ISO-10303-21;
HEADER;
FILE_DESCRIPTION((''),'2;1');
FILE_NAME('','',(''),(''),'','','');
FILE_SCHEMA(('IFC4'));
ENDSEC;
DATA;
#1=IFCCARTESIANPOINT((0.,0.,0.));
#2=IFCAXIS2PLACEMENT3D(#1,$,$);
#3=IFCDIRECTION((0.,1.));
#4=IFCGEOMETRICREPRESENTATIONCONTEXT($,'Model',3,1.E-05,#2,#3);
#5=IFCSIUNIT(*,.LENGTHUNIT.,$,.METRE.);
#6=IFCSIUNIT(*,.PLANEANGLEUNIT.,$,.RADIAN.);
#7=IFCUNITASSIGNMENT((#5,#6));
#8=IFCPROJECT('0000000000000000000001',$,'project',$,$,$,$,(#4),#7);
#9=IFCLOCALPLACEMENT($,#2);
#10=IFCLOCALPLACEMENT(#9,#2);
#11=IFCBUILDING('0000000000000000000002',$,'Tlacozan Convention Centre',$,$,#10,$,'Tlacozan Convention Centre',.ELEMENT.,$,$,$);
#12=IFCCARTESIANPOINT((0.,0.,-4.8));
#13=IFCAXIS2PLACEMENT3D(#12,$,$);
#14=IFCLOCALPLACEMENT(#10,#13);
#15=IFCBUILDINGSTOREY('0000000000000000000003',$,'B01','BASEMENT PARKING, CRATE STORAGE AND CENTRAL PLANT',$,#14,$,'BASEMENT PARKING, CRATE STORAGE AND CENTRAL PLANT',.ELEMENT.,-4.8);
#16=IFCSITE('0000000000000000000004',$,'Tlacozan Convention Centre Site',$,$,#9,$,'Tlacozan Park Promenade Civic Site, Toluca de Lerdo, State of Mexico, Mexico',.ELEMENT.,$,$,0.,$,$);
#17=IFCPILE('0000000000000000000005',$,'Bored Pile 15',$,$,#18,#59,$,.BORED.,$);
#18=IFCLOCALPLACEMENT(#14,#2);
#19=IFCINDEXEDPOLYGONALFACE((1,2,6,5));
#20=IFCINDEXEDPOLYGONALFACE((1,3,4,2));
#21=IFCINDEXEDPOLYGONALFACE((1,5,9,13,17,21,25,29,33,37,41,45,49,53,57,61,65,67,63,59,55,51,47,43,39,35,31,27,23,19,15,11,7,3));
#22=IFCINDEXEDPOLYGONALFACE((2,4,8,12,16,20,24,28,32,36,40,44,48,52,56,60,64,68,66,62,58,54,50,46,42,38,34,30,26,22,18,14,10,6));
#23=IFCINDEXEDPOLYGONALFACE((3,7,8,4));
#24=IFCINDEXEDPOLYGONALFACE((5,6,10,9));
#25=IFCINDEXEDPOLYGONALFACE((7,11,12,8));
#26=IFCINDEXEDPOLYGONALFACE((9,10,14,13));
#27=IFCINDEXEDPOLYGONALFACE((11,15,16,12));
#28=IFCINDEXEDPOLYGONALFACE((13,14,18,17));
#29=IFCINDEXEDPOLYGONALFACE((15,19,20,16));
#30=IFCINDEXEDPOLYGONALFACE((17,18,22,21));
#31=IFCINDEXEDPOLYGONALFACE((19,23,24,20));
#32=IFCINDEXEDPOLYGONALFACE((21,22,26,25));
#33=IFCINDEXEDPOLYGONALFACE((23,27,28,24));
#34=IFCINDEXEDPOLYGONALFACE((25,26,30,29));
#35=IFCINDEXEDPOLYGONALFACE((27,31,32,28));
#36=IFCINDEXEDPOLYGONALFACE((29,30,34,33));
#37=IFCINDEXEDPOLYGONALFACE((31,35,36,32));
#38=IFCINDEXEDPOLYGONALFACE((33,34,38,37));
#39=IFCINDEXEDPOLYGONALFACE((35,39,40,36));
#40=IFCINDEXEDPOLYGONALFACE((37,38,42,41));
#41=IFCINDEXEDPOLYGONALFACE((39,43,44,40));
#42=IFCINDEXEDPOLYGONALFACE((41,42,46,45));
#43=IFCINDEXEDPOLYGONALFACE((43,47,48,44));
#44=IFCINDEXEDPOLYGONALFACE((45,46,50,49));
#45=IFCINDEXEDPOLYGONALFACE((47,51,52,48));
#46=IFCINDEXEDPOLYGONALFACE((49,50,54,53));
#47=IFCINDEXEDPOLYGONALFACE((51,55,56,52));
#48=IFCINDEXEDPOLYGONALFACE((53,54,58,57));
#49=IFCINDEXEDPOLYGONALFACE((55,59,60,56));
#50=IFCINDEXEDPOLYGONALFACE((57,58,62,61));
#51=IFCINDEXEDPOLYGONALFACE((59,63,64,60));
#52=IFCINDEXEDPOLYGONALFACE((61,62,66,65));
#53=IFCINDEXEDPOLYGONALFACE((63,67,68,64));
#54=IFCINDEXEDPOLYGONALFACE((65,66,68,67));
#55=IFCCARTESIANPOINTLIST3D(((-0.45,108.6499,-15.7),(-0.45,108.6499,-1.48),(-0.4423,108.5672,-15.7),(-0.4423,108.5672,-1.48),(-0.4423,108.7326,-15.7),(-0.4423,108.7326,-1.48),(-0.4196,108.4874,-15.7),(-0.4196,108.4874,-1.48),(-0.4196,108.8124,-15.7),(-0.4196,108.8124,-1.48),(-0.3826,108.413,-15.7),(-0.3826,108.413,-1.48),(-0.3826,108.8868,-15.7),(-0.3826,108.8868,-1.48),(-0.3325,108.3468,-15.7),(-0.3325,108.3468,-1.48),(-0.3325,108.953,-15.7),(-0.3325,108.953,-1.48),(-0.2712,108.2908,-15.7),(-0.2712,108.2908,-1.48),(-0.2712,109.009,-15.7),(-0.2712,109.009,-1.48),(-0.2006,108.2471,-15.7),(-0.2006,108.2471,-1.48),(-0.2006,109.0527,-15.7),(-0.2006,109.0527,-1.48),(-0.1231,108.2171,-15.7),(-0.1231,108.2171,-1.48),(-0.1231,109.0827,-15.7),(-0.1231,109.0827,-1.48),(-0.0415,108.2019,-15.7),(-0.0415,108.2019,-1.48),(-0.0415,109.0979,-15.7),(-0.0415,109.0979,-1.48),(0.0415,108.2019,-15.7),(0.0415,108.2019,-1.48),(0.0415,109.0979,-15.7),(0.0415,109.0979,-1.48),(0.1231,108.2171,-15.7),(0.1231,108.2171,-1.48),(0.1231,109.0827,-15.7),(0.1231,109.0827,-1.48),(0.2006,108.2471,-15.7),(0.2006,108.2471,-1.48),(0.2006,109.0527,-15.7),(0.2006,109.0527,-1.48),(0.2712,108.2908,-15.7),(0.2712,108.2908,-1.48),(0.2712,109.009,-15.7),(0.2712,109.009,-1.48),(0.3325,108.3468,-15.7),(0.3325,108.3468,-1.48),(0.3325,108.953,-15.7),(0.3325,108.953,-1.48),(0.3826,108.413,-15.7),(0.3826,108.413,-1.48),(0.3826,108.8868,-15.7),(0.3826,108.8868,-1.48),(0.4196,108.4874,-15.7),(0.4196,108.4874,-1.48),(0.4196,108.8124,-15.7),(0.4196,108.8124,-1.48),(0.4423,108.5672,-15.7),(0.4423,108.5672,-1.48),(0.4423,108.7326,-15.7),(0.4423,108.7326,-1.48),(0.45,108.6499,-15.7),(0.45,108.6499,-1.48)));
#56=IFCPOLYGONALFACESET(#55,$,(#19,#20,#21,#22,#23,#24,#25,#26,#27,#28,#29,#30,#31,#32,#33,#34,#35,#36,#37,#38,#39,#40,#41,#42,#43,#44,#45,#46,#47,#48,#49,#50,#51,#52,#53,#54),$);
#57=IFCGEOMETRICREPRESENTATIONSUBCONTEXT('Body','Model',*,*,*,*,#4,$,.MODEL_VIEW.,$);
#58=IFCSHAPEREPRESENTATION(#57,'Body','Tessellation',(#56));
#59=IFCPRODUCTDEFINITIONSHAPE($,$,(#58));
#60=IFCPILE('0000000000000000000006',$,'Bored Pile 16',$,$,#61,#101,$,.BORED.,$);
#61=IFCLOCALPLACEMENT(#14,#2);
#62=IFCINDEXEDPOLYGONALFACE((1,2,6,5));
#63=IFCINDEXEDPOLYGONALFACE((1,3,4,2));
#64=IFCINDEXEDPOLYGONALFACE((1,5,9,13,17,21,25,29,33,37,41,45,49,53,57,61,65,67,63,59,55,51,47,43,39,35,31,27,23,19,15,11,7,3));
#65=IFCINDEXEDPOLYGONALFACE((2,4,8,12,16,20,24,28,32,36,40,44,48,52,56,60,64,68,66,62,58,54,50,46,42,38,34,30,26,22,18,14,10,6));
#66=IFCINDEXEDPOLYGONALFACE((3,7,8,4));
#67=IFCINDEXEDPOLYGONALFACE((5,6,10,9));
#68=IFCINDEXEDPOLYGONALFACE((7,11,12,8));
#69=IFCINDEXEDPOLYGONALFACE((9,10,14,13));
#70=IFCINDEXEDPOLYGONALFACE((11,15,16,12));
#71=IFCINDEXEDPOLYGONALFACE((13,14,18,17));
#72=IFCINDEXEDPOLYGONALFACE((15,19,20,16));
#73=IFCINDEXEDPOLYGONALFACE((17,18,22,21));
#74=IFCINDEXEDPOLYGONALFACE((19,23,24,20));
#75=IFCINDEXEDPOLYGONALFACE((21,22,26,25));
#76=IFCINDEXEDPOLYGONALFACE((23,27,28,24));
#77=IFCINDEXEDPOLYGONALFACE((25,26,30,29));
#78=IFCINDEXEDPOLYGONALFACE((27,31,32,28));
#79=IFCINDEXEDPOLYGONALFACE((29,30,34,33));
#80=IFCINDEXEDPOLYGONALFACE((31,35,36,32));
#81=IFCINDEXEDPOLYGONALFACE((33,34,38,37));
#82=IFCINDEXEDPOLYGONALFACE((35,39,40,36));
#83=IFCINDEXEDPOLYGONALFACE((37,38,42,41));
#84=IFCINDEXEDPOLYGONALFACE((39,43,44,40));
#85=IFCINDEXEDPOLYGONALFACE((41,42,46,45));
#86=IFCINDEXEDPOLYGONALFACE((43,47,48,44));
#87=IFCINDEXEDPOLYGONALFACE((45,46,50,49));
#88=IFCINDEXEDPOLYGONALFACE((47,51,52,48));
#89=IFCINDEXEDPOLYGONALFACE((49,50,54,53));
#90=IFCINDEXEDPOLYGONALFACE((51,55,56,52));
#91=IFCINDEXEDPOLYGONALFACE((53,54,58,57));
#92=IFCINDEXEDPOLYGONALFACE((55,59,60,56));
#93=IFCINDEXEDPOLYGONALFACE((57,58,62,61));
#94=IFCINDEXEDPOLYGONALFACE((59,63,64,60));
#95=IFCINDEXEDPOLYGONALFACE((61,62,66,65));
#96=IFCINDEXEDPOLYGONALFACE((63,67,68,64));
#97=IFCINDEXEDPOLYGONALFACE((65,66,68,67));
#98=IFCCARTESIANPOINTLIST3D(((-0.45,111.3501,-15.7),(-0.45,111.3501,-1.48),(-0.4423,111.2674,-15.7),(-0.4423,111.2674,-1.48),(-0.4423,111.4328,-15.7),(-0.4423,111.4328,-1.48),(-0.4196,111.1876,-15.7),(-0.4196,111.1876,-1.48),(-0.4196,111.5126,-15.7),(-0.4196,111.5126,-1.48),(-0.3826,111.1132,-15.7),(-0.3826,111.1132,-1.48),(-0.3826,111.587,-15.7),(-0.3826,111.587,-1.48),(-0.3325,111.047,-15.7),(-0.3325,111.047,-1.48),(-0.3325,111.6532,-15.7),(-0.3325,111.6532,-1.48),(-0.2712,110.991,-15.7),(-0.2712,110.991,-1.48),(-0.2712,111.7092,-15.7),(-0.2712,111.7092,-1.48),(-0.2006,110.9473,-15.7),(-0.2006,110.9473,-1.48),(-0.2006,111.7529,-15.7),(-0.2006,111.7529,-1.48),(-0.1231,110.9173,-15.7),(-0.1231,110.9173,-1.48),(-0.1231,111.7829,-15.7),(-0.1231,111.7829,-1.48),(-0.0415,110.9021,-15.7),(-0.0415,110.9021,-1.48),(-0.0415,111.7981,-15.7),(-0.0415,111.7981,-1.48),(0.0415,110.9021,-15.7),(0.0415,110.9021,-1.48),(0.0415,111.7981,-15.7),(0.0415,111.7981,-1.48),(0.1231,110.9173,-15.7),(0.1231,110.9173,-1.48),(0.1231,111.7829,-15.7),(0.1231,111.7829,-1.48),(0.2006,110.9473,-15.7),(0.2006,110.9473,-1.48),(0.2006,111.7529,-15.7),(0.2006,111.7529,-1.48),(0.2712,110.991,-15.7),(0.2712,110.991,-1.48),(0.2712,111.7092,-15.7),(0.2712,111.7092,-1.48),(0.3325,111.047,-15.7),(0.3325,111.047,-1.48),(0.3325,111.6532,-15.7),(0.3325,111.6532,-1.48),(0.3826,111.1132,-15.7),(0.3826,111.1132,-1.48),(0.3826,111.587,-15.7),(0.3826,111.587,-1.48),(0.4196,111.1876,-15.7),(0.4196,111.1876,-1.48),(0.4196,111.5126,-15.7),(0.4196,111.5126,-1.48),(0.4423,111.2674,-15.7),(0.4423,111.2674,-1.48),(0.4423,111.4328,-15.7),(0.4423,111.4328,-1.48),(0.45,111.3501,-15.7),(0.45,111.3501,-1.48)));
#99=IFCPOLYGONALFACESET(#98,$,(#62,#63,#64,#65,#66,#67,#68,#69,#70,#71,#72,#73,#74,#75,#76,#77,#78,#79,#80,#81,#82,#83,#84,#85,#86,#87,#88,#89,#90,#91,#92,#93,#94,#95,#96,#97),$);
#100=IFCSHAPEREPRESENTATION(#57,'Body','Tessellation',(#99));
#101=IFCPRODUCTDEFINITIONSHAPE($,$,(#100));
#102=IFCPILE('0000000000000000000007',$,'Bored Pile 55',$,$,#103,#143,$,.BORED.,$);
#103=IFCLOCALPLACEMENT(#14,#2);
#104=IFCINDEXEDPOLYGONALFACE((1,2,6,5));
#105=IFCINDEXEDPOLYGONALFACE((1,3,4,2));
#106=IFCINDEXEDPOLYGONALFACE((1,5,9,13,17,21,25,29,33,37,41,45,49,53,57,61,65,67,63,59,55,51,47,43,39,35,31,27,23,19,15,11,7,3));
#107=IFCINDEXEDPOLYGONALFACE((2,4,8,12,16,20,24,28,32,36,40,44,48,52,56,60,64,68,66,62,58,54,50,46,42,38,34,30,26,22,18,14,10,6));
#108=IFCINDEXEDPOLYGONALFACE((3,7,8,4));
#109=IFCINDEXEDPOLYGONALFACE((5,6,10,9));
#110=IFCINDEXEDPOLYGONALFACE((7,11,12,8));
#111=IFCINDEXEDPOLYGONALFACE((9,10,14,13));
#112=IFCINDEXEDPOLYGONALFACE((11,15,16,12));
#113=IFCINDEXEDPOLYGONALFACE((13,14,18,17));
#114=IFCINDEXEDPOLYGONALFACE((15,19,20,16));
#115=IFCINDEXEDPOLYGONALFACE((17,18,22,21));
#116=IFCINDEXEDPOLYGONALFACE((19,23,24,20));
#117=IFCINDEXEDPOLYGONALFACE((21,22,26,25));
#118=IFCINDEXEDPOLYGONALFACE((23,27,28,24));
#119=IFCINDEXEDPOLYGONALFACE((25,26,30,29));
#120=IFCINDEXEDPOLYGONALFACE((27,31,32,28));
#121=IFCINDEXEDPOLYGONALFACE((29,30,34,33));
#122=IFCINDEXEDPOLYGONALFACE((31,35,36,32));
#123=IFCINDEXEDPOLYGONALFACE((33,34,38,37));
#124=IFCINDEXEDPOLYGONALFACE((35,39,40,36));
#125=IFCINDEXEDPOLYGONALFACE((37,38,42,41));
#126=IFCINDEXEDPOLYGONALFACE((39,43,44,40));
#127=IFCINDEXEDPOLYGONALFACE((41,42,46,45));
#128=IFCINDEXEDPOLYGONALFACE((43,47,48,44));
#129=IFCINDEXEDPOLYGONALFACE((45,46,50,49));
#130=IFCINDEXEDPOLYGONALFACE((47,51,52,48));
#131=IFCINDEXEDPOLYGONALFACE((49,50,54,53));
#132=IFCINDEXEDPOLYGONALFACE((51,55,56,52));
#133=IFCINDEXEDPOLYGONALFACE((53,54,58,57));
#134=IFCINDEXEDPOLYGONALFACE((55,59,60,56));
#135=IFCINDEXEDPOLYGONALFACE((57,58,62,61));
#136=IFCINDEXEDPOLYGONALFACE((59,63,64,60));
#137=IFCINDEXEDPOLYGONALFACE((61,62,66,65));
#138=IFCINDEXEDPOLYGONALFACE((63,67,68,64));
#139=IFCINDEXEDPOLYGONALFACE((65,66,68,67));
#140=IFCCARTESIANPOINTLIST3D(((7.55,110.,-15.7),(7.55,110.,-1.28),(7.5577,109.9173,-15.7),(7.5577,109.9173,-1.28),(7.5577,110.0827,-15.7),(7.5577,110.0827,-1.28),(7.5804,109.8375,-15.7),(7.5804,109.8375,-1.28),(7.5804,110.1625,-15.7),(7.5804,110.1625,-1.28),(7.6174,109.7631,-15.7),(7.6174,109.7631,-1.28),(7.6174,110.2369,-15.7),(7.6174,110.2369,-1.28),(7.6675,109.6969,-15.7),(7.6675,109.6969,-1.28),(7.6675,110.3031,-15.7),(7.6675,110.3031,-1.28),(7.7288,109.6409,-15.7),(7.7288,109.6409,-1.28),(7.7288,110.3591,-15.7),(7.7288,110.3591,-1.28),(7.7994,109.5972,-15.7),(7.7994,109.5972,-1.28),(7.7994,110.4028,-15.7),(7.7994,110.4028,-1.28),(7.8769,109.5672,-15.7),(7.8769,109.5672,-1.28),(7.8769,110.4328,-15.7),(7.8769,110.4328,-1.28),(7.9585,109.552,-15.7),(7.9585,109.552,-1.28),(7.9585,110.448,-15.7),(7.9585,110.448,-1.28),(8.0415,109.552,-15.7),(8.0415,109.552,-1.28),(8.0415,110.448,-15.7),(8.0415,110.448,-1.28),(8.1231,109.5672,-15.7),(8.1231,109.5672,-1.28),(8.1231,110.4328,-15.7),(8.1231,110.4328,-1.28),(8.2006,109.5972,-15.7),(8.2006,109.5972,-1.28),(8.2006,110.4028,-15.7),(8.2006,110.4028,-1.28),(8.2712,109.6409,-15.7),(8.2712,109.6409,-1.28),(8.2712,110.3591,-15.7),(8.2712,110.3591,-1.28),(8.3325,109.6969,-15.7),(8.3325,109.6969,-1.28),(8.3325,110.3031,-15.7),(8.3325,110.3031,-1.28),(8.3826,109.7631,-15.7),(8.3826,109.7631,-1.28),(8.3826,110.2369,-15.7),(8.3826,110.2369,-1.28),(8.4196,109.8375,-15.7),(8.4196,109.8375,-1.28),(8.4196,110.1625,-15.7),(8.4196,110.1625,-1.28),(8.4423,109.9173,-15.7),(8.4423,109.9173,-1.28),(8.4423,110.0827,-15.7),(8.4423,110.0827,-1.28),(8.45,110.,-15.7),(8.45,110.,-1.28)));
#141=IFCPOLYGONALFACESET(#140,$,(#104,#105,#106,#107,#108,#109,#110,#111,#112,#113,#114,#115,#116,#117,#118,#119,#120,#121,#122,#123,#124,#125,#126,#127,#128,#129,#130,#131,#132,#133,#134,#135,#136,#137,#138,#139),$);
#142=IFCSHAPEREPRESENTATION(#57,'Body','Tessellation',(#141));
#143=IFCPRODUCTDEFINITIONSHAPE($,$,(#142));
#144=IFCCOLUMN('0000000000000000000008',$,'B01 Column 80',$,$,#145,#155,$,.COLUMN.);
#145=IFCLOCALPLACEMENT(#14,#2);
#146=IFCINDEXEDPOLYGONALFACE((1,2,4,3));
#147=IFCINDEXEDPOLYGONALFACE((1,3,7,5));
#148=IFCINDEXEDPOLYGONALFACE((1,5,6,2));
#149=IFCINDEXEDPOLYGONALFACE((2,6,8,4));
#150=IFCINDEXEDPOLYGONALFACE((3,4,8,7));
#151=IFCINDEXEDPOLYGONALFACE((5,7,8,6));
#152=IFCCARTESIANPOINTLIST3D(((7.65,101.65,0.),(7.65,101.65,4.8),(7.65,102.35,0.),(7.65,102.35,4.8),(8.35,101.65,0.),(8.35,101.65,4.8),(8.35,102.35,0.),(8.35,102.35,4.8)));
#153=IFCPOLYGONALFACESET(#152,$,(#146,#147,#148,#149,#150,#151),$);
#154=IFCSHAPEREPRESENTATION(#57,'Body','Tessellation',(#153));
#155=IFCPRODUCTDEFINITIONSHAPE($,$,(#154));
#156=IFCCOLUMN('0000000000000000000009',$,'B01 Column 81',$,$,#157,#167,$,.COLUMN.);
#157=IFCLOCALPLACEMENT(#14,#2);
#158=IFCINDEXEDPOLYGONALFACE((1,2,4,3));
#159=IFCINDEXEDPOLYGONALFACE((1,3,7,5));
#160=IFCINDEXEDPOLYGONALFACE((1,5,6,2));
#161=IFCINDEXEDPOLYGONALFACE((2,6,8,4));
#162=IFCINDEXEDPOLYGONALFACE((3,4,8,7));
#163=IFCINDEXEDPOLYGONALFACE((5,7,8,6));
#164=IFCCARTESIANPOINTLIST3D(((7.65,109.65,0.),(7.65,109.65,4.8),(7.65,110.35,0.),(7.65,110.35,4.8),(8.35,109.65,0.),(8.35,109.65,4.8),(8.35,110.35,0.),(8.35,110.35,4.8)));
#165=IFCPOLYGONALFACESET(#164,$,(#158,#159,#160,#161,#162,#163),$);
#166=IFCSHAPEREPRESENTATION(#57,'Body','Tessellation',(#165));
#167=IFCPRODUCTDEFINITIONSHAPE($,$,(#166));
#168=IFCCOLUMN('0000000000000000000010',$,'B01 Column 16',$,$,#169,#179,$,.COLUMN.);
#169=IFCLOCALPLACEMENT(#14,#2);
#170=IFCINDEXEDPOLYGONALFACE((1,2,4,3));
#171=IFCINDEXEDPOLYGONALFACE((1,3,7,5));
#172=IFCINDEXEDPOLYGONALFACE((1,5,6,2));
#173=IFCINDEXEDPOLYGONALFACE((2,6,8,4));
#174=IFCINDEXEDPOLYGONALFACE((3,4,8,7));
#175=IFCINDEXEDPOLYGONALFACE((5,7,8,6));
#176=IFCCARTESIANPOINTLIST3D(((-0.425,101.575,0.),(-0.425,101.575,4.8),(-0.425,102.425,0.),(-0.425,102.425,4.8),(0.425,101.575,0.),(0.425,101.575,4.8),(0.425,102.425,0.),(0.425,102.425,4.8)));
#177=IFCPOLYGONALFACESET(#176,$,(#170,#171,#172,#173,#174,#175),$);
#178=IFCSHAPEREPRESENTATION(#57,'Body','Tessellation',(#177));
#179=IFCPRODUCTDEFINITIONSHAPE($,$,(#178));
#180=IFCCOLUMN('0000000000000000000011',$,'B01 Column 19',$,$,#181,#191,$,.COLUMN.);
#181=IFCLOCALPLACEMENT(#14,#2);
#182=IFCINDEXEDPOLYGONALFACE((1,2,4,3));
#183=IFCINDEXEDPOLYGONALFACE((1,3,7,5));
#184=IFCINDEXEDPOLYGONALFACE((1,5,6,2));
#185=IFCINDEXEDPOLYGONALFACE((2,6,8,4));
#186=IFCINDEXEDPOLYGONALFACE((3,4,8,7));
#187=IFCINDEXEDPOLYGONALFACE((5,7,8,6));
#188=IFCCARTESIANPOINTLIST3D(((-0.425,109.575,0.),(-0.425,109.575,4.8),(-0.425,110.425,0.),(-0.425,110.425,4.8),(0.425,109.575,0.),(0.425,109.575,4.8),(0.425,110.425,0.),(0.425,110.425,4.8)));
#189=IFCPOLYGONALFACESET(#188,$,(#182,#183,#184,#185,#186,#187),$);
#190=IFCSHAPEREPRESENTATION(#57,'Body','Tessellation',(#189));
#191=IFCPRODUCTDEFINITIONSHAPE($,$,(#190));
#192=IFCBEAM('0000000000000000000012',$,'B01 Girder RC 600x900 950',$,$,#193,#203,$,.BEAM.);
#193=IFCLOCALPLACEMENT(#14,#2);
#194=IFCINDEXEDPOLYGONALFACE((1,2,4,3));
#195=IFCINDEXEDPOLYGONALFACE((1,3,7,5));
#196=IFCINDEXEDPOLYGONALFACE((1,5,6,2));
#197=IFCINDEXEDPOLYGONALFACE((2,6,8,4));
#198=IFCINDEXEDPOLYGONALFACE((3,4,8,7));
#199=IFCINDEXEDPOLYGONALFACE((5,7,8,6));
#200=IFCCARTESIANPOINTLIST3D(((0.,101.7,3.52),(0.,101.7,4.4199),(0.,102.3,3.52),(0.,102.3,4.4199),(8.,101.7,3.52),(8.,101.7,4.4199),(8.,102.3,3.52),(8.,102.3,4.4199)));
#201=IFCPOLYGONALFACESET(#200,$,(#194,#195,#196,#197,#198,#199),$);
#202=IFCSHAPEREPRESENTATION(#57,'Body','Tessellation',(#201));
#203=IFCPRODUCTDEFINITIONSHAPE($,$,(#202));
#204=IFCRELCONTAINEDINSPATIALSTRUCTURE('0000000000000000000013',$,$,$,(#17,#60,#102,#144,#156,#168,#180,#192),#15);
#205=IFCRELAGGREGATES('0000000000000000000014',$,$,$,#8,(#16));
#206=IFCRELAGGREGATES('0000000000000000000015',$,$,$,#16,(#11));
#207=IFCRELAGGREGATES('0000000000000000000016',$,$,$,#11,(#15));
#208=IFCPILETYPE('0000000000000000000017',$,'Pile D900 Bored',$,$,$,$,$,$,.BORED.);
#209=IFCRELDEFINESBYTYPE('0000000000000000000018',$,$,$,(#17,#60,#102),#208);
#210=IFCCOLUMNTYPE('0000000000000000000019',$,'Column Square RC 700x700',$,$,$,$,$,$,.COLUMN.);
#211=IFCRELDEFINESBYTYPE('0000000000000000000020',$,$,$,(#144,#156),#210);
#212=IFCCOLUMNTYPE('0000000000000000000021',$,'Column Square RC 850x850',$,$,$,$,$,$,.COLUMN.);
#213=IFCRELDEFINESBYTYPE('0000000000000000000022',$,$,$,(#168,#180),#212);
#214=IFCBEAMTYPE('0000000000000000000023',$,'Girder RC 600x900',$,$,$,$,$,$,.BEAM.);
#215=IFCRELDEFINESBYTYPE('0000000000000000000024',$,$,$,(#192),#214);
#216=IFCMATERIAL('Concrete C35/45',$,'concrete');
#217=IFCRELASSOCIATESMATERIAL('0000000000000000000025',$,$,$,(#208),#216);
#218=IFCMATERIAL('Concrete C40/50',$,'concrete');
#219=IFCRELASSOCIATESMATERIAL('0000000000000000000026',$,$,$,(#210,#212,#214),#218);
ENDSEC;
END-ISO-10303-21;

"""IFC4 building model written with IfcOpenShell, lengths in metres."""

from ifc_helpers import new_model, si_unit, direction, frame, origin, origin_2d, place, context, subcontext, project, spatial, rectangle, circle, extrude, material, material_profile, profile_set, type_object, element, save


model = new_model("IFC4")

# Units and contexts
model_context = context("Model", 3, precision=1e-05, world=origin(), true_north=direction((0.0, 1.0)))
body_context = subcontext(model_context, "Body", "Model", "MODEL_VIEW")
ifc_project = project(units=[si_unit("LENGTHUNIT", "METRE"), si_unit("PLANEANGLEUNIT", "RADIAN")], contexts=[model_context])

# Site, building, storey
site_placement = place(None, origin())
site = spatial("IfcSite", under=ifc_project, at=site_placement, Name="Tlacozan Convention Centre Site", LongName="Tlacozan Park Promenade Civic Site, Toluca de Lerdo, State of Mexico, Mexico", CompositionType="ELEMENT", RefElevation=0.0)
building_placement = place(site_placement, origin())
building = spatial("IfcBuilding", under=site, at=building_placement, Name="Tlacozan Convention Centre", LongName="Tlacozan Convention Centre", CompositionType="ELEMENT")
storey_placement = place(building_placement, frame((0.0, 0.0, -4.8)))
storey = spatial("IfcBuildingStorey", under=building, at=storey_placement, Name="B01", Description="BASEMENT PARKING, CRATE STORAGE AND CENTRAL PLANT", LongName="BASEMENT PARKING, CRATE STORAGE AND CENTRAL PLANT", CompositionType="ELEMENT", Elevation=-4.8)

# Shared definitions
ifc_material_1 = material(Name="Concrete C35/45", Category="concrete")

# Piles
ifc_material_profile_1 = material_profile(ifc_material_1, circle(Radius=0.45, at=origin_2d()), Name="PILE D900")
ifc_profile_set_1 = profile_set([ifc_material_profile_1], Name="Concrete C35/45")
pile_type_1 = type_object("IfcPileType", Name="Pile D900 Bored", PredefinedType="BORED", material=ifc_profile_set_1)
for number, where, z_axis, x_axis, name in (
    (1, (0.0, 108.6499, -1.48), (0.0, 0.0, -1.0), (1.0, 0.0, 0.0), "Bored Pile 15"),
    (2, (0.0, 111.3501, -1.48), (0.0, 0.0, -1.0), (1.0, 0.0, 0.0), "Bored Pile 16"),
):
    element("IfcPile", number, at=place(storey_placement, frame(where, z_axis=z_axis, x_axis=x_axis)), inside=storey, type_object=pile_type_1, Name=name, PredefinedType="BORED", context=body_context, shape_type="SweptSolid", body=[
        extrude(circle(Radius=0.45, at=origin_2d()), origin(), (0.0, 0.0, 1.0), 14.22),
    ])
pile_1_placement = place(storey_placement, frame((8.0, 110.0, -1.28), z_axis=(0.0, 0.0, -1.0), x_axis=(1.0, 0.0, 0.0)))
element("IfcPile", 3, at=pile_1_placement, inside=storey, type_object=pile_type_1, Name="Bored Pile 55", PredefinedType="BORED", context=body_context, shape_type="SweptSolid", body=[
    extrude(circle(Radius=0.45, at=origin_2d()), origin(), (0.0, 0.0, 1.0), 14.4199),
])

# Columns
ifc_material_2 = material(Name="Concrete C40/50", Category="concrete")
ifc_material_profile_2 = material_profile(ifc_material_2, rectangle(XDim=0.7, YDim=0.7, at=origin_2d()), Name="RC 700x700")
ifc_profile_set_2 = profile_set([ifc_material_profile_2], Name="Concrete C40/50")
column_type_1 = type_object("IfcColumnType", Name="Column Square RC 700x700", PredefinedType="COLUMN", material=ifc_profile_set_2)
for number, where, z_axis, x_axis, name in (
    (4, (8.0, 102.0, 0.0), (0.0, 0.0, 1.0), (1.0, 0.0, 0.0), "B01 Column 80"),
    (5, (8.0, 110.0, 0.0), (0.0, 0.0, 1.0), (1.0, 0.0, 0.0), "B01 Column 81"),
):
    element("IfcColumn", number, at=place(storey_placement, frame(where, z_axis=z_axis, x_axis=x_axis)), inside=storey, type_object=column_type_1, Name=name, PredefinedType="COLUMN", context=body_context, shape_type="SweptSolid", body=[
        extrude(rectangle(XDim=0.7, YDim=0.7, at=origin_2d()), origin(), (0.0, 0.0, 1.0), 4.8),
    ])
ifc_material_profile_3 = material_profile(ifc_material_2, rectangle(XDim=0.8501, YDim=0.8501, at=origin_2d()), Name="RC 850x850")
ifc_profile_set_3 = profile_set([ifc_material_profile_3], Name="Concrete C40/50")
column_type_2 = type_object("IfcColumnType", Name="Column Square RC 850x850", PredefinedType="COLUMN", material=ifc_profile_set_3)
for number, where, z_axis, x_axis, name in (
    (6, (0.0, 102.0, 0.0), (0.0, 0.0, 1.0), (1.0, 0.0, 0.0), "B01 Column 16"),
    (7, (0.0, 110.0, 0.0), (0.0, 0.0, 1.0), (1.0, 0.0, 0.0), "B01 Column 19"),
):
    element("IfcColumn", number, at=place(storey_placement, frame(where, z_axis=z_axis, x_axis=x_axis)), inside=storey, type_object=column_type_2, Name=name, PredefinedType="COLUMN", context=body_context, shape_type="SweptSolid", body=[
        extrude(rectangle(XDim=0.8501, YDim=0.8501, at=origin_2d()), origin(), (0.0, 0.0, 1.0), 4.8),
    ])

# Beam
ifc_material_profile_4 = material_profile(ifc_material_2, rectangle(XDim=0.6001, YDim=0.8999, at=origin_2d()), Name="RC 600x900")
ifc_profile_set_4 = profile_set([ifc_material_profile_4], Name="Concrete C40/50")
beam_type_1 = type_object("IfcBeamType", Name="Girder RC 600x900", PredefinedType="BEAM", material=ifc_profile_set_4)
for number, where, z_axis, x_axis, name in (
    (8, (0.0, 102.0, 3.97), (1.0, 0.0, 0.0), (0.0, 1.0, 0.0), "B01 Girder RC 600x900 950"),
):
    element("IfcBeam", number, at=place(storey_placement, frame(where, z_axis=z_axis, x_axis=x_axis)), inside=storey, type_object=beam_type_1, Name=name, PredefinedType="BEAM", context=body_context, shape_type="SweptSolid", body=[
        extrude(rectangle(XDim=0.6001, YDim=0.8999, at=origin_2d()), origin(), (0.0, 0.0, 1.0), 8.0),
    ])

save(model, "model.ifc")
